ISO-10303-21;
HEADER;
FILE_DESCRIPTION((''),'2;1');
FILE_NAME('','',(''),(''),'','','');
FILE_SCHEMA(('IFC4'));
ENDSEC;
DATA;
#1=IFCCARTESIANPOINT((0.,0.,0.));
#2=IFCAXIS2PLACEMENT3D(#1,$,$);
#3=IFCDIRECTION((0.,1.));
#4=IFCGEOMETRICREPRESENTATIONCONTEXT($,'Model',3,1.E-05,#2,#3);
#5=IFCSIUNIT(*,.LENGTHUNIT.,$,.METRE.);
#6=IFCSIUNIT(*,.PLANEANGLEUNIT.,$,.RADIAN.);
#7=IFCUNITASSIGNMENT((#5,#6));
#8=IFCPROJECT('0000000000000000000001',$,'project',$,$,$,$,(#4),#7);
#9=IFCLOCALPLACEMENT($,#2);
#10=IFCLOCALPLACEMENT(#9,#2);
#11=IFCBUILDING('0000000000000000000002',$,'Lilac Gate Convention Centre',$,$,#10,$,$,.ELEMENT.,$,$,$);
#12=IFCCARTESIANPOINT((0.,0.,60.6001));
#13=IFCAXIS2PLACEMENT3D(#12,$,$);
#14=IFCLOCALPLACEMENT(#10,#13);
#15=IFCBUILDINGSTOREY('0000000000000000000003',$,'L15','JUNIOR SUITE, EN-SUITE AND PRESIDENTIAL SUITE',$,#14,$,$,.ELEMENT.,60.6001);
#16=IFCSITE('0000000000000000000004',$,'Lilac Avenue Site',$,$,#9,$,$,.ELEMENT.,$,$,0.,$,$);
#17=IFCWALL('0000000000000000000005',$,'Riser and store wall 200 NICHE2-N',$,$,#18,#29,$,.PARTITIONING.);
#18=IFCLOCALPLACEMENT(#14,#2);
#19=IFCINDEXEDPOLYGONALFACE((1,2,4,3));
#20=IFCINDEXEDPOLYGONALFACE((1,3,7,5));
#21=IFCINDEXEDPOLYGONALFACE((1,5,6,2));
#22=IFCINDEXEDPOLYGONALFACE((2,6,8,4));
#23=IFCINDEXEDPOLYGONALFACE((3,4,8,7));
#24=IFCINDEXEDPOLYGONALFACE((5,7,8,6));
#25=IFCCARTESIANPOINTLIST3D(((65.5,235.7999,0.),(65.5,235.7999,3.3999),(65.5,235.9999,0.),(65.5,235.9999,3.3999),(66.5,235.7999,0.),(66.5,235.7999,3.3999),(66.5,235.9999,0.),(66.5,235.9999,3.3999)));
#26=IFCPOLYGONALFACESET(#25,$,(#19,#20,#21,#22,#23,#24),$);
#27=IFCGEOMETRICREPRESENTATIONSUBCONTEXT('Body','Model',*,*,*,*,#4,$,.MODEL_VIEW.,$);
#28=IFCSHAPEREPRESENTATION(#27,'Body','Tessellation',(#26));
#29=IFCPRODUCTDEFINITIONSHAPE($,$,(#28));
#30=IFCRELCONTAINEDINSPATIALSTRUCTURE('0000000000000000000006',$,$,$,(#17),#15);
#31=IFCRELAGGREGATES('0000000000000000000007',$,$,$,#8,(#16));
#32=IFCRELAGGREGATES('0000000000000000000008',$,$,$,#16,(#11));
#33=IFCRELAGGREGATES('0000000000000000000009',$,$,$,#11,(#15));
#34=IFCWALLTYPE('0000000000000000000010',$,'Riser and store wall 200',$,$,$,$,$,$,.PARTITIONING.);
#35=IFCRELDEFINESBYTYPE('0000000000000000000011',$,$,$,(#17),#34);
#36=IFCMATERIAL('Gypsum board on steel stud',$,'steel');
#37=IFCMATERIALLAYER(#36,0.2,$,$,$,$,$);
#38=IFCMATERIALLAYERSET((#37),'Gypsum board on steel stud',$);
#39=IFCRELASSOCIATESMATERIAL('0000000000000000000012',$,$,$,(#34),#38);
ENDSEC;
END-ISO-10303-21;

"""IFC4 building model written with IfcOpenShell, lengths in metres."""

from ifc_helpers import new_model, si_unit, direction, frame, frame_2d, origin, place, context, subcontext, project, spatial, rectangle, extrude, material, layer, layer_set, type_object, element, save


model = new_model("IFC4")

# Units and contexts
model_context = context("Model", 3, precision=1e-05, world=origin(), true_north=direction((0.0, 1.0)))
body_context = subcontext(model_context, "Body", "Model", "MODEL_VIEW")
ifc_project = project(units=[si_unit("LENGTHUNIT", "METRE"), si_unit("PLANEANGLEUNIT", "RADIAN")], contexts=[model_context])

# Site, building, storey
site_placement = place(None, origin())
site = spatial("IfcSite", under=ifc_project, at=site_placement, Name="Lilac Avenue Site", CompositionType="ELEMENT", RefElevation=0.0)
building_placement = place(site_placement, origin())
building = spatial("IfcBuilding", under=site, at=building_placement, Name="Lilac Gate Convention Centre", CompositionType="ELEMENT")
storey_placement = place(building_placement, frame((0.0, 0.0, 60.6001)))
storey = spatial("IfcBuildingStorey", under=building, at=storey_placement, Name="L15", Description="JUNIOR SUITE, EN-SUITE AND PRESIDENTIAL SUITE", CompositionType="ELEMENT", Elevation=60.6001)

# Shared definitions
ifc_material_1 = material(Name="Gypsum board on steel stud", Category="steel")

# Wall
ifc_layer_1 = layer(ifc_material_1, 0.2)
ifc_layer_set_1 = layer_set([ifc_layer_1], Name="Gypsum board on steel stud")
wall_type_1 = type_object("IfcWallType", Name="Riser and store wall 200", PredefinedType="PARTITIONING", material=ifc_layer_set_1)
wall_1_placement = place(storey_placement, frame((65.5, 235.8999, 0.0), z_axis=(0.0, 0.0, 1.0), x_axis=(1.0, 0.0, 0.0)))
element("IfcWall", 1, at=wall_1_placement, inside=storey, type_object=wall_type_1, Name="Riser and store wall 200 NICHE2-N", PredefinedType="PARTITIONING", context=body_context, shape_type="SweptSolid", body=[
    extrude(rectangle(XDim=1.0, YDim=0.2, at=frame_2d((0.5, 0.0))), origin(), (0.0, 0.0, 1.0), 3.3999),
])

save(model, "model.ifc")
